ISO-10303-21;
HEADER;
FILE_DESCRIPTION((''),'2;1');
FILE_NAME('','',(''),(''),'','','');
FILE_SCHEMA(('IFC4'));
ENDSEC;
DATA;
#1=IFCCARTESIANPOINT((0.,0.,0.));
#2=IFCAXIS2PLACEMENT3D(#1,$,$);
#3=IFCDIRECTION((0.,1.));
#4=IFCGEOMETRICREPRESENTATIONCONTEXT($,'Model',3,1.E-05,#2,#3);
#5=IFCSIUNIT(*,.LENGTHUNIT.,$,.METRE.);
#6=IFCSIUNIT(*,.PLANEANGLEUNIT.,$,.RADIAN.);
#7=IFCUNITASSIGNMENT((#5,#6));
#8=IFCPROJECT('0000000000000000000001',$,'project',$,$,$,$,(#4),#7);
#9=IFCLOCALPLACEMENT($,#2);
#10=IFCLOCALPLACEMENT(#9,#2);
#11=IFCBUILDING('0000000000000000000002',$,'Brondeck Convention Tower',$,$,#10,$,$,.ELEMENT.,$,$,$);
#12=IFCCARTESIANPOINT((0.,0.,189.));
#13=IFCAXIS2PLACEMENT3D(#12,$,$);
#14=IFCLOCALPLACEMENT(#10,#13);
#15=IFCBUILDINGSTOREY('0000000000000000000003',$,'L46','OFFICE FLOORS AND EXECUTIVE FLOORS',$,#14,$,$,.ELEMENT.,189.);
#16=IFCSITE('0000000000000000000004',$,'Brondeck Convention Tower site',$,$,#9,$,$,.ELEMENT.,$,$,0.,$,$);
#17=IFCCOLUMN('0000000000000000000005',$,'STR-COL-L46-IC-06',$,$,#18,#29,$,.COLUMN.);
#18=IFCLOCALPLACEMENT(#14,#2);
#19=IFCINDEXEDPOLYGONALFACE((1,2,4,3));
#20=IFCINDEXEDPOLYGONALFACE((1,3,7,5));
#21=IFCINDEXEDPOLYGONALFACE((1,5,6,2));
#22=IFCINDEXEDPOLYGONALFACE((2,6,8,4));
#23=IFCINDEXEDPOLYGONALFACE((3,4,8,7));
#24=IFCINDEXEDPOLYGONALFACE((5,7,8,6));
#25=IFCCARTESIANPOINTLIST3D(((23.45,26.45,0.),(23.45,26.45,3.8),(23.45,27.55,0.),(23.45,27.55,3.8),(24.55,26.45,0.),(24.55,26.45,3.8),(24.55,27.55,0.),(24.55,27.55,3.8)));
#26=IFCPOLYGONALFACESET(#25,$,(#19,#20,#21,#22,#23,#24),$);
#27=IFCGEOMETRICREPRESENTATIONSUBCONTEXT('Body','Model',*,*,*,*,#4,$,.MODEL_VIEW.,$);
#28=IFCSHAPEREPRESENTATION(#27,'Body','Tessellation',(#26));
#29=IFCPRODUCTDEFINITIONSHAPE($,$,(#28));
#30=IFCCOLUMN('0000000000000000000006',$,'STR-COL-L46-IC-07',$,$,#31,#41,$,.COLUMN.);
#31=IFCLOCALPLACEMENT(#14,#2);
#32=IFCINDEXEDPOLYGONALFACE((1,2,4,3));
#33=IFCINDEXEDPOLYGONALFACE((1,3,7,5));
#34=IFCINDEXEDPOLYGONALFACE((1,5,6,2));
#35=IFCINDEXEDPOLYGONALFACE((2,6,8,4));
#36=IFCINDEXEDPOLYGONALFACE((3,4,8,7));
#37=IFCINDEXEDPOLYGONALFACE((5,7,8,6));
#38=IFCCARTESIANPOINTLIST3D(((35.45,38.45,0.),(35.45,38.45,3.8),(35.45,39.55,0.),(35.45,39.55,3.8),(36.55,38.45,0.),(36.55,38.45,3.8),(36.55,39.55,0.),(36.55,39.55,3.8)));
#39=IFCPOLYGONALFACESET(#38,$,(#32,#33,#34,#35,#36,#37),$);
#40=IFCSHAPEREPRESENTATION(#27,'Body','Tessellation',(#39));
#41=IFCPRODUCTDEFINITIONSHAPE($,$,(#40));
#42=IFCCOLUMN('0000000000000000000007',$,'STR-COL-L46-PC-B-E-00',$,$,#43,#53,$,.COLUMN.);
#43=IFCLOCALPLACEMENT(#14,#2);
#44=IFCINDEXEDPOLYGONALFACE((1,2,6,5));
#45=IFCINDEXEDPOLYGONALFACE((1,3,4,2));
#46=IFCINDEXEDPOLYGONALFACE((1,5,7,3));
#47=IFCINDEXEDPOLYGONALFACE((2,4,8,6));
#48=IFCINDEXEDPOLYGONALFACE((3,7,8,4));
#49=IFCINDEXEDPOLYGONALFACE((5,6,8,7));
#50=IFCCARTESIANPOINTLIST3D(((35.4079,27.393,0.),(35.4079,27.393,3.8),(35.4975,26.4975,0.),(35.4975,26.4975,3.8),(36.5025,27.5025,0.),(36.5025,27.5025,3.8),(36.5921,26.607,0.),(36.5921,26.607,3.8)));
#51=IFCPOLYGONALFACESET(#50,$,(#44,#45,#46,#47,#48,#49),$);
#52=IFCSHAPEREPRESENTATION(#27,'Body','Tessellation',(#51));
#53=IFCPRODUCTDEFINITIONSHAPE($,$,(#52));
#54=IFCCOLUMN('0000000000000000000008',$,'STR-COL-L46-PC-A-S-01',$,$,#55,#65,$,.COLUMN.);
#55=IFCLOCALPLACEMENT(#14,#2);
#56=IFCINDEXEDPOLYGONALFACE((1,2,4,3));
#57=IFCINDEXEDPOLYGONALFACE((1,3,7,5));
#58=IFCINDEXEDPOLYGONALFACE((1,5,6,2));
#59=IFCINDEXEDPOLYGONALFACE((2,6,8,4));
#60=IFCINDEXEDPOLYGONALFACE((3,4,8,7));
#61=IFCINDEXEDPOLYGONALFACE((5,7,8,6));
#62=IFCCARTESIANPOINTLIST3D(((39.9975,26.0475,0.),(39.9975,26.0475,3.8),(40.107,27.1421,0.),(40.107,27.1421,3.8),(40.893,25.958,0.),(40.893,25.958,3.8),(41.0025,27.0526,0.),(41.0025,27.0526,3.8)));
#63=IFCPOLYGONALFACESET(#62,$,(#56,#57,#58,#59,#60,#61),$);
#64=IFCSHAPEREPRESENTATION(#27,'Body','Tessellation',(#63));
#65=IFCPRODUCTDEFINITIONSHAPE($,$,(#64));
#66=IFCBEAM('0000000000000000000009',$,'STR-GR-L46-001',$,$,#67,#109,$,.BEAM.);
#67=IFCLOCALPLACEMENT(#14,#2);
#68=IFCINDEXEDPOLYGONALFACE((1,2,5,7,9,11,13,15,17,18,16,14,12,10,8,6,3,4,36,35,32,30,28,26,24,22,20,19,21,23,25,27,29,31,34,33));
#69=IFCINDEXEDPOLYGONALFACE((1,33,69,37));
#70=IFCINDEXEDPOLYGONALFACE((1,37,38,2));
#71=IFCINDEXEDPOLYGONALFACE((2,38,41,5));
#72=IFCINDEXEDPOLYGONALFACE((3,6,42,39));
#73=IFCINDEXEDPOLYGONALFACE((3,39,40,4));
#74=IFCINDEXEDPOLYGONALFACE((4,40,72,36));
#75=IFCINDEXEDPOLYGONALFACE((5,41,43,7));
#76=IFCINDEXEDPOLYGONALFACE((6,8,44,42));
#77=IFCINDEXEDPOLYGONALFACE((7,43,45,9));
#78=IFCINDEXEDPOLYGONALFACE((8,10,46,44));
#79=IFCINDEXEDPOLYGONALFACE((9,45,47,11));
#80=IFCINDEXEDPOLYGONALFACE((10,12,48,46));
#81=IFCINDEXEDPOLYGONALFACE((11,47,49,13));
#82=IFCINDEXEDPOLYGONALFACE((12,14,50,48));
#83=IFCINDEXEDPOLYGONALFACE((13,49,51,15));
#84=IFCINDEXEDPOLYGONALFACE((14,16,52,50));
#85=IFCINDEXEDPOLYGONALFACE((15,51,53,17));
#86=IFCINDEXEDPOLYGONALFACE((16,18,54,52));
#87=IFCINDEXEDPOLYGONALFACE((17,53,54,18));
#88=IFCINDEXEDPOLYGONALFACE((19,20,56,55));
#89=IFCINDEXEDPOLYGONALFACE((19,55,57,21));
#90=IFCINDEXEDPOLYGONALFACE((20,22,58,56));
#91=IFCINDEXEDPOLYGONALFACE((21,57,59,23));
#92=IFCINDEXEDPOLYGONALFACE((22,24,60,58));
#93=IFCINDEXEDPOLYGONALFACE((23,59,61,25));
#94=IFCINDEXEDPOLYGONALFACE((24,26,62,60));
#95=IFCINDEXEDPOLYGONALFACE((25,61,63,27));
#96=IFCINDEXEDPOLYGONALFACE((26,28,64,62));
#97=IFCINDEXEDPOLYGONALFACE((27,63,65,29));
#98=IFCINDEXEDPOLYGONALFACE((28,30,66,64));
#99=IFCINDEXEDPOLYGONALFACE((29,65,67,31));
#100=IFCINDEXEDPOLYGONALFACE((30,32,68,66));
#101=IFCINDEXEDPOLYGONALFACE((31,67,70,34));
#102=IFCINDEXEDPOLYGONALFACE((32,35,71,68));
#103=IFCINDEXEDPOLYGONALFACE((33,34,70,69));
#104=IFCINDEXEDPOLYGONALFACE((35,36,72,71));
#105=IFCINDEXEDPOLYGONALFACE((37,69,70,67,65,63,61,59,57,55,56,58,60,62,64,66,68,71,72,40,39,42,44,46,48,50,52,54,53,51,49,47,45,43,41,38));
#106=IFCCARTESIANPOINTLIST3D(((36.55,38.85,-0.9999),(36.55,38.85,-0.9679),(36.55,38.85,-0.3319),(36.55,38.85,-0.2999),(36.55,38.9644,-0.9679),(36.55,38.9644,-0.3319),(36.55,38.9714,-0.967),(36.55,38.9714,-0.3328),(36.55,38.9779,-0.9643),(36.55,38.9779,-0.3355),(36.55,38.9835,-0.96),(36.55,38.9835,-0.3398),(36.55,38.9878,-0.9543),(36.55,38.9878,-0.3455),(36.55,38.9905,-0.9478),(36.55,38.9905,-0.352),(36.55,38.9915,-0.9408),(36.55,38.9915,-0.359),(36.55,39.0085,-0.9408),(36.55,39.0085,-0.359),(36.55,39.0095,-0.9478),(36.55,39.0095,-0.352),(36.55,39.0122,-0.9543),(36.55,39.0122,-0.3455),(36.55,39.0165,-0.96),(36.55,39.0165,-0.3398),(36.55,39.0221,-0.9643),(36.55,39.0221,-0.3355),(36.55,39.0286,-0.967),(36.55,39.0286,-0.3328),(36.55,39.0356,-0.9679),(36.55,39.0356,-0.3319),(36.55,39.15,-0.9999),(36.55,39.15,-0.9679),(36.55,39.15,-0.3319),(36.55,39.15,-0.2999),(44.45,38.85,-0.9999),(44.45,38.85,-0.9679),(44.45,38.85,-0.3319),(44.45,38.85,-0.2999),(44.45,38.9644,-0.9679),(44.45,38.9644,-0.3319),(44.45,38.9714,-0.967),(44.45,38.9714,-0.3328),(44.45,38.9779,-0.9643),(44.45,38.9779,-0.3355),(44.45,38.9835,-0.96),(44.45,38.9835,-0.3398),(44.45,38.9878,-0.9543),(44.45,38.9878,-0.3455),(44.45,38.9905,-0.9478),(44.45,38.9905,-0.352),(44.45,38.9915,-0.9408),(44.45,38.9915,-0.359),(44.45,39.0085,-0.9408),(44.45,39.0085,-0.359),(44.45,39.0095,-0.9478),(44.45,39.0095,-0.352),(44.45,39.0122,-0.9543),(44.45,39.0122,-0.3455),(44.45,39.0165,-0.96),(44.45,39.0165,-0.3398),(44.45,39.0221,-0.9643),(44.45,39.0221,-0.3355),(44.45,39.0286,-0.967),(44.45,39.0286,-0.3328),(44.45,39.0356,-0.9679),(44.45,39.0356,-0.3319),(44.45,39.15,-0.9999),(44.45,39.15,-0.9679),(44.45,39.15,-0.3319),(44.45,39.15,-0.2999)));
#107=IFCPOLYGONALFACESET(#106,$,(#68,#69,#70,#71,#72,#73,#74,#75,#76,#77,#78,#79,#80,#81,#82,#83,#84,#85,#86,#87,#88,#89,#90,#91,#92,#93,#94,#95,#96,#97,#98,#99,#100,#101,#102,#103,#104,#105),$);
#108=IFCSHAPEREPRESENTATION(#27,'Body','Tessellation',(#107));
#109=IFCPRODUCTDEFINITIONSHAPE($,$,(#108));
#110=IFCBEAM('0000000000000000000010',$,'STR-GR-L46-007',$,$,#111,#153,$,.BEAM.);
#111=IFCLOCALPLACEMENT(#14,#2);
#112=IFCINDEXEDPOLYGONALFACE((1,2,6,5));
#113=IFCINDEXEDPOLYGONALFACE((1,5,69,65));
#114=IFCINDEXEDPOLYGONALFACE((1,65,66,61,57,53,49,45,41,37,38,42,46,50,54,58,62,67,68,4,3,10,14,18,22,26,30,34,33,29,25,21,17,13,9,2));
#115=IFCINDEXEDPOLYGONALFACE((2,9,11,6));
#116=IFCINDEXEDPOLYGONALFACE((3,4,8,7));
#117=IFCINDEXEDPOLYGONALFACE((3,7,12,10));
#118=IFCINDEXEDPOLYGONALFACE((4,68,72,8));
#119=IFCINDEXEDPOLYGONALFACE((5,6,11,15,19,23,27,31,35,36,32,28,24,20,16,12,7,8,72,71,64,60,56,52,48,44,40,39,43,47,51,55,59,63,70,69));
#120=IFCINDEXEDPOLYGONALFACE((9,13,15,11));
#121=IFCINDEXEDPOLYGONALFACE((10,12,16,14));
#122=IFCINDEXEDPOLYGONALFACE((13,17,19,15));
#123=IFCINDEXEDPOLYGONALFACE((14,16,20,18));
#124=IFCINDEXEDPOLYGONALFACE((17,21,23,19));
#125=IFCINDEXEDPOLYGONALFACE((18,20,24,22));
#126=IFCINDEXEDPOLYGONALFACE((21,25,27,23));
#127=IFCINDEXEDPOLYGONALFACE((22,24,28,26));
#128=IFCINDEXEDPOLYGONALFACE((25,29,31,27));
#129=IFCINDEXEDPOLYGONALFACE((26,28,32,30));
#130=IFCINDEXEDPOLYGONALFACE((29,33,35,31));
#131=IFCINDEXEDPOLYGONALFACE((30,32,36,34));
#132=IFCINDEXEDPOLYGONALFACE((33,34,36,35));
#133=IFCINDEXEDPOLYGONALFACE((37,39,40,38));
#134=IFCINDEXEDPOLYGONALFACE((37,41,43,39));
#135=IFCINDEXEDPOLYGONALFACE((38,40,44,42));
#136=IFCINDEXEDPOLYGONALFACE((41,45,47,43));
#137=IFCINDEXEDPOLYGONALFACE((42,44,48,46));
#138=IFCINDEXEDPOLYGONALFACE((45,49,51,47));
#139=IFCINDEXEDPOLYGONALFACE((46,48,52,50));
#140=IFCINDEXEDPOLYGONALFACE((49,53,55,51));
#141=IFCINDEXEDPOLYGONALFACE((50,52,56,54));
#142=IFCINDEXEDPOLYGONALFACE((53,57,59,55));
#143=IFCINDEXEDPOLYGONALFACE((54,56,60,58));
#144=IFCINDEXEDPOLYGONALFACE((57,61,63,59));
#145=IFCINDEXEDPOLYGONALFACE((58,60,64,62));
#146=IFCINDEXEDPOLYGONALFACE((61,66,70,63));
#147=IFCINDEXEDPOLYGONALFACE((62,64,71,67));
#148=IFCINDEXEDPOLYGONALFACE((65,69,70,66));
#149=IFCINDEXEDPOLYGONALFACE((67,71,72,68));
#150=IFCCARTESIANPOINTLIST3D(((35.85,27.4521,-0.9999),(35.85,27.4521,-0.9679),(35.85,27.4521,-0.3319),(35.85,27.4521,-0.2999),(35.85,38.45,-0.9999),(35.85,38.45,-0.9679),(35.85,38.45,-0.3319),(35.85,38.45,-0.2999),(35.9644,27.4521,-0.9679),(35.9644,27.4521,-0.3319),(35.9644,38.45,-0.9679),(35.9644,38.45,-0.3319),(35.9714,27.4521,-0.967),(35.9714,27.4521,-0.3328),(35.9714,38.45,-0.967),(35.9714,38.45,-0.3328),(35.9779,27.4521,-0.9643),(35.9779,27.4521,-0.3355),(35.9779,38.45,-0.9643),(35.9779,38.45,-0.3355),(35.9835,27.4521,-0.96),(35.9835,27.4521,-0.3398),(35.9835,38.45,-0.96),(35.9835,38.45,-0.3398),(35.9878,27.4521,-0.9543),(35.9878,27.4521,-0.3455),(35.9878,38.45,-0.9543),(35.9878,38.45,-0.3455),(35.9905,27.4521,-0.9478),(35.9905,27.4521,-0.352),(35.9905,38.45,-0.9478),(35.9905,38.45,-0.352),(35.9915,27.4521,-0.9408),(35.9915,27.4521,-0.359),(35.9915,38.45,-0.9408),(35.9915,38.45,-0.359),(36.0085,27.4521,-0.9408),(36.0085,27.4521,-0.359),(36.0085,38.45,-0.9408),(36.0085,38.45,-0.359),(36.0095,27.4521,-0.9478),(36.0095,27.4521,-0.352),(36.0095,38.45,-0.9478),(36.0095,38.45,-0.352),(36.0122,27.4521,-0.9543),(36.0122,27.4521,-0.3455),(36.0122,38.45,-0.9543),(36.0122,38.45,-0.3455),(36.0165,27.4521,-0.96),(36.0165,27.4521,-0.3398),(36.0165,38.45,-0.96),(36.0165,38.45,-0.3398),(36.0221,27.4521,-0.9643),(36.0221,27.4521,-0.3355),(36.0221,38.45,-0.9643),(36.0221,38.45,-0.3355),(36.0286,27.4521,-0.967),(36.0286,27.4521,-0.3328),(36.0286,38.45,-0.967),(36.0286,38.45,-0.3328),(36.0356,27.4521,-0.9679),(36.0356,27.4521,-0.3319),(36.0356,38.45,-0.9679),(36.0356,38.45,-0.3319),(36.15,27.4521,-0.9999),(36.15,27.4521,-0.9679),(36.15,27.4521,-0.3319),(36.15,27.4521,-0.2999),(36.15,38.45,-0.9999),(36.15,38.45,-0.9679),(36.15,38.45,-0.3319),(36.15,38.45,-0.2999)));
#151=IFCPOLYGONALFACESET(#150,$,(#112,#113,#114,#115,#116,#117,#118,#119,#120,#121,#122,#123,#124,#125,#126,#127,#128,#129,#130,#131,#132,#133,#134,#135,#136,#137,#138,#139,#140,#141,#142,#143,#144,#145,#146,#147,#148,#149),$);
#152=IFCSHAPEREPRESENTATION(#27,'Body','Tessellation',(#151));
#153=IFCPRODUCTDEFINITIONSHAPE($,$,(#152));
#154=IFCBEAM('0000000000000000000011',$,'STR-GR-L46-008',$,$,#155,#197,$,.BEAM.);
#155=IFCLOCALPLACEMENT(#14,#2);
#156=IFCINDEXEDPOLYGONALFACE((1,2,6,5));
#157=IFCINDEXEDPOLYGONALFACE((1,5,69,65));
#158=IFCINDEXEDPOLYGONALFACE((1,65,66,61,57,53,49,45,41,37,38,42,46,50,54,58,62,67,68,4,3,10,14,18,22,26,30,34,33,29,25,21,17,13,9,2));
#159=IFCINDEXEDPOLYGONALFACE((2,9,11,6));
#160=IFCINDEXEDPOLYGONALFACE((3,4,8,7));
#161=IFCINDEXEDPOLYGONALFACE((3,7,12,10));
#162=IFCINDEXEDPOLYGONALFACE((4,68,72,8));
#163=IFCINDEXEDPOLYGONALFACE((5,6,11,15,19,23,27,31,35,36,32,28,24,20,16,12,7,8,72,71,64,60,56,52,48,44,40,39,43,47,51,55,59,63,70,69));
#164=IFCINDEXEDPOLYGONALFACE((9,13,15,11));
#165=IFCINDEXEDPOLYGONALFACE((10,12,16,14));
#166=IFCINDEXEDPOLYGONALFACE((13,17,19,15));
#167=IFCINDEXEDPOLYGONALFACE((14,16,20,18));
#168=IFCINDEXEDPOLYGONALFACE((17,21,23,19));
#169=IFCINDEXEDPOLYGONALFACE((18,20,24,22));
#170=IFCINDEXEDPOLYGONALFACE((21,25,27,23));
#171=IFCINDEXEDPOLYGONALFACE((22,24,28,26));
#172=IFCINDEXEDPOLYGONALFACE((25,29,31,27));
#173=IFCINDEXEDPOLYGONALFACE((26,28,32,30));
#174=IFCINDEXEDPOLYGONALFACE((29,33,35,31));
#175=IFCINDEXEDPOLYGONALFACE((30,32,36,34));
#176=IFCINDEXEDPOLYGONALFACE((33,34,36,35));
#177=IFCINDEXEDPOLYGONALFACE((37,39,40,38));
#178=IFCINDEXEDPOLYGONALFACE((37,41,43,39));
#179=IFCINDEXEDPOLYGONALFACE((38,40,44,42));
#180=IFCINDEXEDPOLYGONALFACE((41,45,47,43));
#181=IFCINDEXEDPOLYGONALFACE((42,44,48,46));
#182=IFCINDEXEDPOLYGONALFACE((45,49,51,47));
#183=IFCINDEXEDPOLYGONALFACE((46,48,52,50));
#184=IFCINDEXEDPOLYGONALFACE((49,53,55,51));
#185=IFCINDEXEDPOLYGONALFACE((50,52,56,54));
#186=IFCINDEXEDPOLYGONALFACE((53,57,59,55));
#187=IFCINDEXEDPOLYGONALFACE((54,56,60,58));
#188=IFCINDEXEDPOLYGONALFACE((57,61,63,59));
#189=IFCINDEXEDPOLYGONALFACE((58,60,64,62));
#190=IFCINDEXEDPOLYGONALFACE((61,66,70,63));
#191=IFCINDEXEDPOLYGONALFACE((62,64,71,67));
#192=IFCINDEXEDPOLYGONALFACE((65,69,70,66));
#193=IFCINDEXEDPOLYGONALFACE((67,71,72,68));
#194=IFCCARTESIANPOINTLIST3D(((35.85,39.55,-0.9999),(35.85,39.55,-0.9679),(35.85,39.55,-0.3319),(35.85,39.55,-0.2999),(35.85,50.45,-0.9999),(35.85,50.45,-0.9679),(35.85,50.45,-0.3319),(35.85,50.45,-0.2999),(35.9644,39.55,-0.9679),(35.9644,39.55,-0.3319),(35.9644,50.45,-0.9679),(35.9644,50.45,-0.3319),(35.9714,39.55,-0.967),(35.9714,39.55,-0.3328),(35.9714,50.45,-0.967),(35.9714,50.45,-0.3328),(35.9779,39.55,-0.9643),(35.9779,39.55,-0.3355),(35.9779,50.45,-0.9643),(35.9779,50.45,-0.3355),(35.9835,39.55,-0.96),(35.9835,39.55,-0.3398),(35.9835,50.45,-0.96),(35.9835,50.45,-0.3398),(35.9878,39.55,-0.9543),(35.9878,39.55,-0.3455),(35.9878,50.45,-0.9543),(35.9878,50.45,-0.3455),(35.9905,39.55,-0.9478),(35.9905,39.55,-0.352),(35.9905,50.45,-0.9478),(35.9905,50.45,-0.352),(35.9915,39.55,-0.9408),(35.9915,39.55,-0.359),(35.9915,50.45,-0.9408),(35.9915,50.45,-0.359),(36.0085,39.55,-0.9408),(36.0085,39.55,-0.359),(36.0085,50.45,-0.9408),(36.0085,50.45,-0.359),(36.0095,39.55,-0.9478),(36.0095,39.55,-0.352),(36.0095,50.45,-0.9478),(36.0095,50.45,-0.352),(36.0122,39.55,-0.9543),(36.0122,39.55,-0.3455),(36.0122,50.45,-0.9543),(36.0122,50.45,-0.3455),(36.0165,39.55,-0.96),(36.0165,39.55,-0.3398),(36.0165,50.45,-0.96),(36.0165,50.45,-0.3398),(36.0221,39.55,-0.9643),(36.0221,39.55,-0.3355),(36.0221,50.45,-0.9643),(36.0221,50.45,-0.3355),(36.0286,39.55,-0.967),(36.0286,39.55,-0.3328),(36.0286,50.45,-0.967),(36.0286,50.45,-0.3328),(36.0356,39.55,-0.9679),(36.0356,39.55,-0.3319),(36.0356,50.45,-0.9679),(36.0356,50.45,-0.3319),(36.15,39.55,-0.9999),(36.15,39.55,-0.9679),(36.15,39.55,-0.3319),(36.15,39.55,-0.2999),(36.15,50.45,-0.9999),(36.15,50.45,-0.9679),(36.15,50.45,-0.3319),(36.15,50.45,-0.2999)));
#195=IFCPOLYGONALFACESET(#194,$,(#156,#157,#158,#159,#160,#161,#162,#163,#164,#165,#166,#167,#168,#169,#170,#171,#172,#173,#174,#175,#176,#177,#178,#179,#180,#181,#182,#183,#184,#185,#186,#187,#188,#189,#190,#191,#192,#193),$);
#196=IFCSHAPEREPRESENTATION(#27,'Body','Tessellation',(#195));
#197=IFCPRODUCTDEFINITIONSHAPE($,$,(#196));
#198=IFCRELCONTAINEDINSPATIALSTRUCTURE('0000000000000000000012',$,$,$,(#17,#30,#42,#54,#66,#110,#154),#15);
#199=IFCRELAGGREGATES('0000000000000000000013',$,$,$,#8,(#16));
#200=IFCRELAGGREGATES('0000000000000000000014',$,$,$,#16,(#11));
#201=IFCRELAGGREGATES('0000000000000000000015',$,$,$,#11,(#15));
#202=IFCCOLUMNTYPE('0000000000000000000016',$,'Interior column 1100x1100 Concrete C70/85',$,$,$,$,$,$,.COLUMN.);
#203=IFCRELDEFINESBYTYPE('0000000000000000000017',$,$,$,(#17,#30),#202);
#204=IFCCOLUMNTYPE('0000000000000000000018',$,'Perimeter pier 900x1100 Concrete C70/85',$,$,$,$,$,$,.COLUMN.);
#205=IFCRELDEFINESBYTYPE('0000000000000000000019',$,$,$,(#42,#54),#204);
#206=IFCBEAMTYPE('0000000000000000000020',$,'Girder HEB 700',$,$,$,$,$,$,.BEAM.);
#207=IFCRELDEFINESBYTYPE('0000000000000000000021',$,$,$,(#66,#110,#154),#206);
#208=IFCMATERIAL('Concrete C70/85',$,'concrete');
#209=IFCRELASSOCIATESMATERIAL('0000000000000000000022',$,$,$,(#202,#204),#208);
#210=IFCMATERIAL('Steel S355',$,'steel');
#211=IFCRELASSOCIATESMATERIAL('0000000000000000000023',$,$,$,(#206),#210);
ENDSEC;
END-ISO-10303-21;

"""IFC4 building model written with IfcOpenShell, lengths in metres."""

from ifc_helpers import new_model, si_unit, direction, frame, origin, origin_2d, place, context, subcontext, project, spatial, rectangle, i_section, extrude, material, material_profile, profile_set, type_object, element, save


model = new_model("IFC4")

# Units and contexts
model_context = context("Model", 3, precision=1e-05, world=origin(), true_north=direction((0.0, 1.0)))
body_context = subcontext(model_context, "Body", "Model", "MODEL_VIEW")
ifc_project = project(units=[si_unit("LENGTHUNIT", "METRE"), si_unit("PLANEANGLEUNIT", "RADIAN")], contexts=[model_context])

# Site, building, storey
site_placement = place(None, origin())
site = spatial("IfcSite", under=ifc_project, at=site_placement, Name="Brondeck Convention Tower site", CompositionType="ELEMENT", RefElevation=0.0)
building_placement = place(site_placement, origin())
building = spatial("IfcBuilding", under=site, at=building_placement, Name="Brondeck Convention Tower", CompositionType="ELEMENT")
storey_placement = place(building_placement, frame((0.0, 0.0, 189.0)))
storey = spatial("IfcBuildingStorey", under=building, at=storey_placement, Name="L46", Description="OFFICE FLOORS AND EXECUTIVE FLOORS", CompositionType="ELEMENT", Elevation=189.0)

# Columns
ifc_material_1 = material(Name="Concrete C70/85", Category="concrete")
ifc_material_profile_1 = material_profile(ifc_material_1, rectangle(XDim=1.1001, YDim=1.1001, at=origin_2d()), Name="Interior column 1100x1100 Concrete C70/85")
ifc_profile_set_1 = profile_set([ifc_material_profile_1], Name="Concrete C70/85")
column_type_1 = type_object("IfcColumnType", Name="Interior column 1100x1100 Concrete C70/85", PredefinedType="COLUMN", material=ifc_profile_set_1)
for number, where, z_axis, x_axis, name in (
    (1, (24.0, 27.0, 0.0), (0.0, 0.0, 1.0), (1.0, 0.0, 0.0), "STR-COL-L46-IC-06"),
    (2, (36.0, 39.0, 0.0), (0.0, 0.0, 1.0), (1.0, 0.0, 0.0), "STR-COL-L46-IC-07"),
):
    element("IfcColumn", number, at=place(storey_placement, frame(where, z_axis=z_axis, x_axis=x_axis)), inside=storey, type_object=column_type_1, Name=name, PredefinedType="COLUMN", context=body_context, shape_type="SweptSolid", body=[
        extrude(rectangle(XDim=1.1001, YDim=1.1001, at=origin_2d()), origin(), (0.0, 0.0, 1.0), 3.8),
    ])
ifc_material_profile_2 = material_profile(ifc_material_1, rectangle(XDim=0.8999, YDim=1.1001, at=origin_2d()), Name="Perimeter pier 900x1100 Concrete C70/85")
ifc_profile_set_2 = profile_set([ifc_material_profile_2], Name="Concrete C70/85")
column_type_2 = type_object("IfcColumnType", Name="Perimeter pier 900x1100 Concrete C70/85", PredefinedType="COLUMN", material=ifc_profile_set_2)
for number, where, z_axis, x_axis, name in (
    (3, (36.0, 27.0, 0.0), (0.0, 0.0, 1.0), (-0.099504, 0.995037, 0.0), "STR-COL-L46-PC-B-E-00"),
    (4, (40.5, 26.55, 0.0), (0.0, 0.0, 1.0), (0.995037, -0.099504, 0.0), "STR-COL-L46-PC-A-S-01"),
):
    element("IfcColumn", number, at=place(storey_placement, frame(where, z_axis=z_axis, x_axis=x_axis)), inside=storey, type_object=column_type_2, Name=name, PredefinedType="COLUMN", context=body_context, shape_type="SweptSolid", body=[
        extrude(rectangle(XDim=0.8999, YDim=1.1001, at=origin_2d()), origin(), (0.0, 0.0, 1.0), 3.8),
    ])

# Beams
ifc_material_2 = material(Name="Steel S355", Category="steel")
ifc_material_profile_3 = material_profile(ifc_material_2, i_section(OverallWidth=0.3, OverallDepth=0.7, WebThickness=0.0171, FlangeThickness=0.032, FilletRadius=0.0271, at=origin_2d()), Name="HEB 700")
ifc_profile_set_3 = profile_set([ifc_material_profile_3], Name="Steel S355")
beam_type_1 = type_object("IfcBeamType", Name="Girder HEB 700", PredefinedType="BEAM", material=ifc_profile_set_3)
beam_1_placement = place(storey_placement, frame((36.55, 39.0, -0.6499), z_axis=(1.0, 0.0, 0.0), x_axis=(0.0, 1.0, 0.0)))
element("IfcBeam", 5, at=beam_1_placement, inside=storey, type_object=beam_type_1, Name="STR-GR-L46-001", PredefinedType="BEAM", context=body_context, shape_type="SweptSolid", body=[
    extrude(i_section(OverallWidth=0.3, OverallDepth=0.7, WebThickness=0.0171, FlangeThickness=0.032, FilletRadius=0.0271, at=origin_2d()), origin(), (0.0, 0.0, 1.0), 7.8999),
])
beam_2_placement = place(storey_placement, frame((36.0, 27.4521, -0.6499), z_axis=(0.0, 1.0, 0.0), x_axis=(-1.0, 0.0, 0.0)))
element("IfcBeam", 6, at=beam_2_placement, inside=storey, type_object=beam_type_1, Name="STR-GR-L46-007", PredefinedType="BEAM", context=body_context, shape_type="SweptSolid", body=[
    extrude(i_section(OverallWidth=0.3, OverallDepth=0.7, WebThickness=0.0171, FlangeThickness=0.032, FilletRadius=0.0271, at=origin_2d()), origin(), (0.0, 0.0, 1.0), 10.9978),
])
beam_3_placement = place(storey_placement, frame((36.0, 39.55, -0.6499), z_axis=(0.0, 1.0, 0.0), x_axis=(-1.0, 0.0, 0.0)))
element("IfcBeam", 7, at=beam_3_placement, inside=storey, type_object=beam_type_1, Name="STR-GR-L46-008", PredefinedType="BEAM", context=body_context, shape_type="SweptSolid", body=[
    extrude(i_section(OverallWidth=0.3, OverallDepth=0.7, WebThickness=0.0171, FlangeThickness=0.032, FilletRadius=0.0271, at=origin_2d()), origin(), (0.0, 0.0, 1.0), 10.8999),
])

save(model, "model.ifc")
